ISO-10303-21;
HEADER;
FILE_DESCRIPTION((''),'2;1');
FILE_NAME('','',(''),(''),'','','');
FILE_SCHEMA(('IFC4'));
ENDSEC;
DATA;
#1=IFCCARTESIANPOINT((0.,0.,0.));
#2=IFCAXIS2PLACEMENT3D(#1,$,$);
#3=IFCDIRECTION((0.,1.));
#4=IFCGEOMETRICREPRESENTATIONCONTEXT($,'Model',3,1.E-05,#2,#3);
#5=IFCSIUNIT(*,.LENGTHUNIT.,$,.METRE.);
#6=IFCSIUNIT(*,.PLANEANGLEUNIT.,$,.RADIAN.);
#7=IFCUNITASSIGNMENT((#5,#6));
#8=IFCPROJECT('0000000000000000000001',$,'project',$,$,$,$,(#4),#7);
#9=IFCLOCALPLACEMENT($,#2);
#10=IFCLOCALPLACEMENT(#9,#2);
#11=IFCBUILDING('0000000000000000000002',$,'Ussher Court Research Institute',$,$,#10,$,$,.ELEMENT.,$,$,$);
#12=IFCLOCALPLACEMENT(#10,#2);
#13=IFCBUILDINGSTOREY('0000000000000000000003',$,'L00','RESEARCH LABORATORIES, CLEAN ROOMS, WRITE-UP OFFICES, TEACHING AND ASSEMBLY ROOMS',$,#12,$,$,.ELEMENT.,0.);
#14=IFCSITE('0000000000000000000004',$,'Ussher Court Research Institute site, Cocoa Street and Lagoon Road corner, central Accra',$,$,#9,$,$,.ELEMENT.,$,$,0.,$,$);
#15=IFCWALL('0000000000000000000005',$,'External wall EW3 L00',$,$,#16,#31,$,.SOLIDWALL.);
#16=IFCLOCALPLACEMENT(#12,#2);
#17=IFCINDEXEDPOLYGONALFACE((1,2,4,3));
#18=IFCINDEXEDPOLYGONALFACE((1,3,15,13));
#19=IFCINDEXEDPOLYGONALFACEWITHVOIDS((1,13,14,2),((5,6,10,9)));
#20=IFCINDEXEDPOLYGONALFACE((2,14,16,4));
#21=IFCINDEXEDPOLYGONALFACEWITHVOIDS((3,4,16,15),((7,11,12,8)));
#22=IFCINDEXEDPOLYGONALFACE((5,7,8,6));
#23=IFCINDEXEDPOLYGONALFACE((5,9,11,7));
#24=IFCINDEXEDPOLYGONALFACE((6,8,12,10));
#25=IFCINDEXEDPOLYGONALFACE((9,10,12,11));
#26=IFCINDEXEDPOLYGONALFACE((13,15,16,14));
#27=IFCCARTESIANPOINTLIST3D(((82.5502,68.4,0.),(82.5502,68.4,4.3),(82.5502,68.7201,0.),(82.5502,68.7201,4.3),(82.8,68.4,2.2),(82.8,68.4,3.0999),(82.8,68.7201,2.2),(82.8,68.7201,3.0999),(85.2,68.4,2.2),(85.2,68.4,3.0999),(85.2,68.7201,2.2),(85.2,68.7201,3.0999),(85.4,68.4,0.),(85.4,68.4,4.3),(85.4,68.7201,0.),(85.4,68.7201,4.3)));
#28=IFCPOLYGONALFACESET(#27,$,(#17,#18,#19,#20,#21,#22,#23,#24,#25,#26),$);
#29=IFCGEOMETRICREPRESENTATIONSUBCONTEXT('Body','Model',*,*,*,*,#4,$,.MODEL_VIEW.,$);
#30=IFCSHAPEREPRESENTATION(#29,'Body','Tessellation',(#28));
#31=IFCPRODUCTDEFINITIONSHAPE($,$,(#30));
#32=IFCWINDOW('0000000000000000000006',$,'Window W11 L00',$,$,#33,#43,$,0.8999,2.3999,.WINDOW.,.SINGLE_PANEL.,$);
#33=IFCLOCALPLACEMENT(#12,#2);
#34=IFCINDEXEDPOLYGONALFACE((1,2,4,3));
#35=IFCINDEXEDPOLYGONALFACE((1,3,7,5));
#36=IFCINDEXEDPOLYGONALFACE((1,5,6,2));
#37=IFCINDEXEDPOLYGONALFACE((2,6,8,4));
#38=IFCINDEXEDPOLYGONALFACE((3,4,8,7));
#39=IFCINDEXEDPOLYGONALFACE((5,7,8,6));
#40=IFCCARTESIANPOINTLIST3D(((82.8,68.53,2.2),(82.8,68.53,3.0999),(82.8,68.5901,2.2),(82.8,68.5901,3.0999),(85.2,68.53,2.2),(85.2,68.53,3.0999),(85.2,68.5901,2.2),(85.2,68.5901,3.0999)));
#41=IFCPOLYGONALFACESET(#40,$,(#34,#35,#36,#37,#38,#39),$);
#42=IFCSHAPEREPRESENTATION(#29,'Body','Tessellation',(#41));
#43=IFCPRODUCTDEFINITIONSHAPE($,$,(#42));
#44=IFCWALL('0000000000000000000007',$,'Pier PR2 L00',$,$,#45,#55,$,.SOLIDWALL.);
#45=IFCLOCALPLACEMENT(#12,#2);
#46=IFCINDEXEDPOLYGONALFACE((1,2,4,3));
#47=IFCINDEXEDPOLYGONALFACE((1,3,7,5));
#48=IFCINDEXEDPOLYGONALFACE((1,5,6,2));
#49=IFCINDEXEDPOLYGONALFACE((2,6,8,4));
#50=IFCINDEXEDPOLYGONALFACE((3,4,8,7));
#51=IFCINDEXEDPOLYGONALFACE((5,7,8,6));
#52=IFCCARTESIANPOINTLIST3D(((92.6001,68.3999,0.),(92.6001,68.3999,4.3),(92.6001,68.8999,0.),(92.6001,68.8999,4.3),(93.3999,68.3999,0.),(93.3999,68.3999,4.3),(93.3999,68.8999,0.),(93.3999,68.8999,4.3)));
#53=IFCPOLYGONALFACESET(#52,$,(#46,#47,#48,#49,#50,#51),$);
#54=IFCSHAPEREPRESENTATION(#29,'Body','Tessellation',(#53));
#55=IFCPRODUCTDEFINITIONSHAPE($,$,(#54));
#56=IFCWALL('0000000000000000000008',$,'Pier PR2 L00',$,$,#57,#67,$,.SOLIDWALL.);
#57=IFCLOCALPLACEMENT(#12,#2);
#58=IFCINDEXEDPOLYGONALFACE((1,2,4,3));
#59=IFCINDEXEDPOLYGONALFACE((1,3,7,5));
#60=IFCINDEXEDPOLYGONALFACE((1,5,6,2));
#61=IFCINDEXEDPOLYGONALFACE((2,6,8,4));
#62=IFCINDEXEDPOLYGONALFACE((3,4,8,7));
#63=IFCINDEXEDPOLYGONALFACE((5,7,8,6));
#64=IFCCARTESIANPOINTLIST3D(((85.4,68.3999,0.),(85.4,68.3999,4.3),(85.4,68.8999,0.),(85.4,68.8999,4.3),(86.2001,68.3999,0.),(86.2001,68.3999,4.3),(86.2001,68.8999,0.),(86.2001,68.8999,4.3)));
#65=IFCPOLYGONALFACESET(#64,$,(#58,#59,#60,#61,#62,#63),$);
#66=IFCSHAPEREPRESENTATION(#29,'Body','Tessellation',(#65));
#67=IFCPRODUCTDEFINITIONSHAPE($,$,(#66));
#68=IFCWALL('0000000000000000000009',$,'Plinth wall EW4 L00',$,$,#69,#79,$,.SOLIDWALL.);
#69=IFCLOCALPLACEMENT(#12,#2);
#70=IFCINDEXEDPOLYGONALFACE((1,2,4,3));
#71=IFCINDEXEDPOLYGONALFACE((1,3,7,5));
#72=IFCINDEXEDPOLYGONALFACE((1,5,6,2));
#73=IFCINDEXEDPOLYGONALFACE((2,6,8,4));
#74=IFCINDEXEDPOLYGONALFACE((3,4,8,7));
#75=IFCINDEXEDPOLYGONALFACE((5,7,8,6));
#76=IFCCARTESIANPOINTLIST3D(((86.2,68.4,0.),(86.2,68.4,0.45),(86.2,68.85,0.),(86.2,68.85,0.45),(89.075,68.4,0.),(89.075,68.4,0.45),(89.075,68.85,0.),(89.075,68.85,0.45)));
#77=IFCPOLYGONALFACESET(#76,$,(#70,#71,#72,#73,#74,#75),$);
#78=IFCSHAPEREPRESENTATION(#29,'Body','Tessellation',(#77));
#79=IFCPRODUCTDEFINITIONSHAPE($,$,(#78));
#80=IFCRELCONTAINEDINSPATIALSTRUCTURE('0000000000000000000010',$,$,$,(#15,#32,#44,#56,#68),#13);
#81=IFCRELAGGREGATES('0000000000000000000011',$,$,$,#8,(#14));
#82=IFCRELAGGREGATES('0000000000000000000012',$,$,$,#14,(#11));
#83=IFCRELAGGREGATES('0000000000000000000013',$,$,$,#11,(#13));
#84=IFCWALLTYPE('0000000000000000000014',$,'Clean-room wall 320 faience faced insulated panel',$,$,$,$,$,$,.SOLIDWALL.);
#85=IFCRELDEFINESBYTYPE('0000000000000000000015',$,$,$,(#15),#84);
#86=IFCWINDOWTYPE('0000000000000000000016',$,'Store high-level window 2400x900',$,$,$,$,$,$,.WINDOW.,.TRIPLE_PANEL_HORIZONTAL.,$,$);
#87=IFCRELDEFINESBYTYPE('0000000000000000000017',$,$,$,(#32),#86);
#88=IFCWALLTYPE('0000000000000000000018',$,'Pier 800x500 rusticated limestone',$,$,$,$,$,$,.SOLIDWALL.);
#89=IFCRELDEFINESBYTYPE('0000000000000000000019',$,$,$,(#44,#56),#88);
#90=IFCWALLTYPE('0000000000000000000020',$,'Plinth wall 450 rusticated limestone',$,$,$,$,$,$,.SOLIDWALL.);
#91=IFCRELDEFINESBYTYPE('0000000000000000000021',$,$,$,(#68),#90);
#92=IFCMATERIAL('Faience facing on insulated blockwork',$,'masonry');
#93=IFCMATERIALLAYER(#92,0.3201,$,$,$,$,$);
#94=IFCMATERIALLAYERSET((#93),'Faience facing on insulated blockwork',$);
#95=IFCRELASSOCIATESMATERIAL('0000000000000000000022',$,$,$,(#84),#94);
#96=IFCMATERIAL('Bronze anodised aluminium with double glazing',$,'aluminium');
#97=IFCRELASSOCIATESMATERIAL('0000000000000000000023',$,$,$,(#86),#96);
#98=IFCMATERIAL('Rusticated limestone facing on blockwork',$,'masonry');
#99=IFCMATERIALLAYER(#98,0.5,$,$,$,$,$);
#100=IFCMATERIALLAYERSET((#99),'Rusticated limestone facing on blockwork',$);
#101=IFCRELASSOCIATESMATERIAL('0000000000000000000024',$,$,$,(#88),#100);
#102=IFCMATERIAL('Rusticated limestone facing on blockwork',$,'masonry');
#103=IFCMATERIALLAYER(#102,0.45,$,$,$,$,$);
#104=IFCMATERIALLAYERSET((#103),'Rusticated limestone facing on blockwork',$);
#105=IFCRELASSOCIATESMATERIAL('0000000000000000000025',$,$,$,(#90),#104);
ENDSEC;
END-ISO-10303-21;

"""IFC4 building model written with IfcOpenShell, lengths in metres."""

from ifc_helpers import new_model, si_unit, direction, frame, frame_2d, origin, place, context, subcontext, project, spatial, rectangle, extrude, material, layer, layer_set, type_object, element, fill, save


model = new_model("IFC4")

# Units and contexts
model_context = context("Model", 3, precision=1e-05, world=origin(), true_north=direction((0.0, 1.0)))
body_context = subcontext(model_context, "Body", "Model", "MODEL_VIEW")
ifc_project = project(units=[si_unit("LENGTHUNIT", "METRE"), si_unit("PLANEANGLEUNIT", "RADIAN")], contexts=[model_context])

# Site, building, storey
site_placement = place(None, origin())
site = spatial("IfcSite", under=ifc_project, at=site_placement, Name="Ussher Court Research Institute site, Cocoa Street and Lagoon Road corner, central Accra", CompositionType="ELEMENT", RefElevation=0.0)
building_placement = place(site_placement, origin())
building = spatial("IfcBuilding", under=site, at=building_placement, Name="Ussher Court Research Institute", CompositionType="ELEMENT")
storey_placement = place(building_placement, origin())
storey = spatial("IfcBuildingStorey", under=building, at=storey_placement, Name="L00", Description="RESEARCH LABORATORIES, CLEAN ROOMS, WRITE-UP OFFICES, TEACHING AND ASSEMBLY ROOMS", CompositionType="ELEMENT", Elevation=0.0)

# Shared definitions
ifc_material_1 = material(Name="Faience facing on insulated blockwork", Category="masonry")
ifc_layer_1 = layer(ifc_material_1, 0.3201)
ifc_layer_set_1 = layer_set([ifc_layer_1], Name="Faience facing on insulated blockwork")
wall_type_1 = type_object("IfcWallType", Name="Clean-room wall 320 faience faced insulated panel", PredefinedType="SOLIDWALL", material=ifc_layer_set_1)

# Wall, opening, window
wall_1_placement = place(storey_placement, frame((85.3999, 68.5601, 0.0), z_axis=(0.0, 0.0, 1.0), x_axis=(-1.0, 0.0, 0.0)))
wall_1 = element("IfcWall", 1, at=wall_1_placement, inside=storey, type_object=wall_type_1, Name="External wall EW3 L00", PredefinedType="SOLIDWALL", context=body_context, shape_type="SweptSolid", body=[
    extrude(rectangle(XDim=2.8499, YDim=0.3201, at=frame_2d((1.4248, 0.0))), origin(), (0.0, 0.0, 1.0), 4.3),
])
opening_1_placement = place(wall_1_placement, frame((0.2, 0.0, 2.2)))
opening_1 = element("IfcOpeningElement", 2, at=opening_1_placement, cuts=wall_1, PredefinedType="OPENING", context=body_context, shape_type="SweptSolid", body=[
    extrude(rectangle(XDim=2.3999, YDim=0.8999, at=frame_2d((1.2, 0.45))), frame((0.0, 0.1699, 0.0), z_axis=(0.0, -1.0, 0.0), x_axis=(1.0, 0.0, 0.0)), (0.0, 0.0, 1.0), 0.3401),
])
ifc_material_2 = material(Name="Bronze anodised aluminium with double glazing", Category="aluminium")
window_type = type_object("IfcWindowType", Name="Store high-level window 2400x900", PartitioningType="TRIPLE_PANEL_HORIZONTAL", PredefinedType="WINDOW", material=ifc_material_2)
window_placement = place(opening_1_placement, origin())
window = element("IfcWindow", 3, at=window_placement, inside=storey, type_object=window_type, Name="Window W11 L00", OverallHeight=0.8999, OverallWidth=2.3999, PartitioningType="SINGLE_PANEL", PredefinedType="WINDOW", context=body_context, shape_type="SweptSolid", body=[
    extrude(rectangle(XDim=2.3999, YDim=0.8999, at=frame_2d((1.2, 0.45))), frame((0.0, 0.03, 0.0), z_axis=(0.0, -1.0, 0.0), x_axis=(1.0, 0.0, 0.0)), (0.0, 0.0, 1.0), 0.0601),
])
fill(opening_1, window)

# Walls
ifc_material_3 = material(Name="Rusticated limestone facing on blockwork", Category="masonry")
ifc_layer_2 = layer(ifc_material_3, 0.5)
ifc_layer_set_2 = layer_set([ifc_layer_2], Name="Rusticated limestone facing on blockwork")
wall_type_2 = type_object("IfcWallType", Name="Pier 800x500 rusticated limestone", PredefinedType="SOLIDWALL", material=ifc_layer_set_2)
wall_2_placement = place(storey_placement, frame((93.3999, 68.6499, 0.0), z_axis=(0.0, 0.0, 1.0), x_axis=(-1.0, 0.0, 0.0)))
element("IfcWall", 4, at=wall_2_placement, inside=storey, type_object=wall_type_2, Name="Pier PR2 L00", PredefinedType="SOLIDWALL", context=body_context, shape_type="SweptSolid", body=[
    extrude(rectangle(XDim=0.7998, YDim=0.5, at=frame_2d((0.3999, 0.0))), origin(), (0.0, 0.0, 1.0), 4.3),
])
wall_3_placement = place(storey_placement, frame((86.2, 68.6499, 0.0), z_axis=(0.0, 0.0, 1.0), x_axis=(-1.0, 0.0, 0.0)))
element("IfcWall", 5, at=wall_3_placement, inside=storey, type_object=wall_type_2, Name="Pier PR2 L00", PredefinedType="SOLIDWALL", context=body_context, shape_type="SweptSolid", body=[
    extrude(rectangle(XDim=0.8, YDim=0.5, at=frame_2d((0.3999, 0.0))), origin(), (0.0, 0.0, 1.0), 4.3),
])
ifc_material_4 = material(Name="Rusticated limestone facing on blockwork", Category="masonry")
ifc_layer_3 = layer(ifc_material_4, 0.45)
ifc_layer_set_3 = layer_set([ifc_layer_3], Name="Rusticated limestone facing on blockwork")
wall_type_3 = type_object("IfcWallType", Name="Plinth wall 450 rusticated limestone", PredefinedType="SOLIDWALL", material=ifc_layer_set_3)
wall_4_placement = place(storey_placement, frame((89.075, 68.625, 0.0), z_axis=(0.0, 0.0, 1.0), x_axis=(-1.0, 0.0, 0.0)))
element("IfcWall", 6, at=wall_4_placement, inside=storey, type_object=wall_type_3, Name="Plinth wall EW4 L00", PredefinedType="SOLIDWALL", context=body_context, shape_type="SweptSolid", body=[
    extrude(rectangle(XDim=2.875, YDim=0.45, at=frame_2d((1.4375, 0.0))), origin(), (0.0, 0.0, 1.0), 0.45),
])

save(model, "model.ifc")
